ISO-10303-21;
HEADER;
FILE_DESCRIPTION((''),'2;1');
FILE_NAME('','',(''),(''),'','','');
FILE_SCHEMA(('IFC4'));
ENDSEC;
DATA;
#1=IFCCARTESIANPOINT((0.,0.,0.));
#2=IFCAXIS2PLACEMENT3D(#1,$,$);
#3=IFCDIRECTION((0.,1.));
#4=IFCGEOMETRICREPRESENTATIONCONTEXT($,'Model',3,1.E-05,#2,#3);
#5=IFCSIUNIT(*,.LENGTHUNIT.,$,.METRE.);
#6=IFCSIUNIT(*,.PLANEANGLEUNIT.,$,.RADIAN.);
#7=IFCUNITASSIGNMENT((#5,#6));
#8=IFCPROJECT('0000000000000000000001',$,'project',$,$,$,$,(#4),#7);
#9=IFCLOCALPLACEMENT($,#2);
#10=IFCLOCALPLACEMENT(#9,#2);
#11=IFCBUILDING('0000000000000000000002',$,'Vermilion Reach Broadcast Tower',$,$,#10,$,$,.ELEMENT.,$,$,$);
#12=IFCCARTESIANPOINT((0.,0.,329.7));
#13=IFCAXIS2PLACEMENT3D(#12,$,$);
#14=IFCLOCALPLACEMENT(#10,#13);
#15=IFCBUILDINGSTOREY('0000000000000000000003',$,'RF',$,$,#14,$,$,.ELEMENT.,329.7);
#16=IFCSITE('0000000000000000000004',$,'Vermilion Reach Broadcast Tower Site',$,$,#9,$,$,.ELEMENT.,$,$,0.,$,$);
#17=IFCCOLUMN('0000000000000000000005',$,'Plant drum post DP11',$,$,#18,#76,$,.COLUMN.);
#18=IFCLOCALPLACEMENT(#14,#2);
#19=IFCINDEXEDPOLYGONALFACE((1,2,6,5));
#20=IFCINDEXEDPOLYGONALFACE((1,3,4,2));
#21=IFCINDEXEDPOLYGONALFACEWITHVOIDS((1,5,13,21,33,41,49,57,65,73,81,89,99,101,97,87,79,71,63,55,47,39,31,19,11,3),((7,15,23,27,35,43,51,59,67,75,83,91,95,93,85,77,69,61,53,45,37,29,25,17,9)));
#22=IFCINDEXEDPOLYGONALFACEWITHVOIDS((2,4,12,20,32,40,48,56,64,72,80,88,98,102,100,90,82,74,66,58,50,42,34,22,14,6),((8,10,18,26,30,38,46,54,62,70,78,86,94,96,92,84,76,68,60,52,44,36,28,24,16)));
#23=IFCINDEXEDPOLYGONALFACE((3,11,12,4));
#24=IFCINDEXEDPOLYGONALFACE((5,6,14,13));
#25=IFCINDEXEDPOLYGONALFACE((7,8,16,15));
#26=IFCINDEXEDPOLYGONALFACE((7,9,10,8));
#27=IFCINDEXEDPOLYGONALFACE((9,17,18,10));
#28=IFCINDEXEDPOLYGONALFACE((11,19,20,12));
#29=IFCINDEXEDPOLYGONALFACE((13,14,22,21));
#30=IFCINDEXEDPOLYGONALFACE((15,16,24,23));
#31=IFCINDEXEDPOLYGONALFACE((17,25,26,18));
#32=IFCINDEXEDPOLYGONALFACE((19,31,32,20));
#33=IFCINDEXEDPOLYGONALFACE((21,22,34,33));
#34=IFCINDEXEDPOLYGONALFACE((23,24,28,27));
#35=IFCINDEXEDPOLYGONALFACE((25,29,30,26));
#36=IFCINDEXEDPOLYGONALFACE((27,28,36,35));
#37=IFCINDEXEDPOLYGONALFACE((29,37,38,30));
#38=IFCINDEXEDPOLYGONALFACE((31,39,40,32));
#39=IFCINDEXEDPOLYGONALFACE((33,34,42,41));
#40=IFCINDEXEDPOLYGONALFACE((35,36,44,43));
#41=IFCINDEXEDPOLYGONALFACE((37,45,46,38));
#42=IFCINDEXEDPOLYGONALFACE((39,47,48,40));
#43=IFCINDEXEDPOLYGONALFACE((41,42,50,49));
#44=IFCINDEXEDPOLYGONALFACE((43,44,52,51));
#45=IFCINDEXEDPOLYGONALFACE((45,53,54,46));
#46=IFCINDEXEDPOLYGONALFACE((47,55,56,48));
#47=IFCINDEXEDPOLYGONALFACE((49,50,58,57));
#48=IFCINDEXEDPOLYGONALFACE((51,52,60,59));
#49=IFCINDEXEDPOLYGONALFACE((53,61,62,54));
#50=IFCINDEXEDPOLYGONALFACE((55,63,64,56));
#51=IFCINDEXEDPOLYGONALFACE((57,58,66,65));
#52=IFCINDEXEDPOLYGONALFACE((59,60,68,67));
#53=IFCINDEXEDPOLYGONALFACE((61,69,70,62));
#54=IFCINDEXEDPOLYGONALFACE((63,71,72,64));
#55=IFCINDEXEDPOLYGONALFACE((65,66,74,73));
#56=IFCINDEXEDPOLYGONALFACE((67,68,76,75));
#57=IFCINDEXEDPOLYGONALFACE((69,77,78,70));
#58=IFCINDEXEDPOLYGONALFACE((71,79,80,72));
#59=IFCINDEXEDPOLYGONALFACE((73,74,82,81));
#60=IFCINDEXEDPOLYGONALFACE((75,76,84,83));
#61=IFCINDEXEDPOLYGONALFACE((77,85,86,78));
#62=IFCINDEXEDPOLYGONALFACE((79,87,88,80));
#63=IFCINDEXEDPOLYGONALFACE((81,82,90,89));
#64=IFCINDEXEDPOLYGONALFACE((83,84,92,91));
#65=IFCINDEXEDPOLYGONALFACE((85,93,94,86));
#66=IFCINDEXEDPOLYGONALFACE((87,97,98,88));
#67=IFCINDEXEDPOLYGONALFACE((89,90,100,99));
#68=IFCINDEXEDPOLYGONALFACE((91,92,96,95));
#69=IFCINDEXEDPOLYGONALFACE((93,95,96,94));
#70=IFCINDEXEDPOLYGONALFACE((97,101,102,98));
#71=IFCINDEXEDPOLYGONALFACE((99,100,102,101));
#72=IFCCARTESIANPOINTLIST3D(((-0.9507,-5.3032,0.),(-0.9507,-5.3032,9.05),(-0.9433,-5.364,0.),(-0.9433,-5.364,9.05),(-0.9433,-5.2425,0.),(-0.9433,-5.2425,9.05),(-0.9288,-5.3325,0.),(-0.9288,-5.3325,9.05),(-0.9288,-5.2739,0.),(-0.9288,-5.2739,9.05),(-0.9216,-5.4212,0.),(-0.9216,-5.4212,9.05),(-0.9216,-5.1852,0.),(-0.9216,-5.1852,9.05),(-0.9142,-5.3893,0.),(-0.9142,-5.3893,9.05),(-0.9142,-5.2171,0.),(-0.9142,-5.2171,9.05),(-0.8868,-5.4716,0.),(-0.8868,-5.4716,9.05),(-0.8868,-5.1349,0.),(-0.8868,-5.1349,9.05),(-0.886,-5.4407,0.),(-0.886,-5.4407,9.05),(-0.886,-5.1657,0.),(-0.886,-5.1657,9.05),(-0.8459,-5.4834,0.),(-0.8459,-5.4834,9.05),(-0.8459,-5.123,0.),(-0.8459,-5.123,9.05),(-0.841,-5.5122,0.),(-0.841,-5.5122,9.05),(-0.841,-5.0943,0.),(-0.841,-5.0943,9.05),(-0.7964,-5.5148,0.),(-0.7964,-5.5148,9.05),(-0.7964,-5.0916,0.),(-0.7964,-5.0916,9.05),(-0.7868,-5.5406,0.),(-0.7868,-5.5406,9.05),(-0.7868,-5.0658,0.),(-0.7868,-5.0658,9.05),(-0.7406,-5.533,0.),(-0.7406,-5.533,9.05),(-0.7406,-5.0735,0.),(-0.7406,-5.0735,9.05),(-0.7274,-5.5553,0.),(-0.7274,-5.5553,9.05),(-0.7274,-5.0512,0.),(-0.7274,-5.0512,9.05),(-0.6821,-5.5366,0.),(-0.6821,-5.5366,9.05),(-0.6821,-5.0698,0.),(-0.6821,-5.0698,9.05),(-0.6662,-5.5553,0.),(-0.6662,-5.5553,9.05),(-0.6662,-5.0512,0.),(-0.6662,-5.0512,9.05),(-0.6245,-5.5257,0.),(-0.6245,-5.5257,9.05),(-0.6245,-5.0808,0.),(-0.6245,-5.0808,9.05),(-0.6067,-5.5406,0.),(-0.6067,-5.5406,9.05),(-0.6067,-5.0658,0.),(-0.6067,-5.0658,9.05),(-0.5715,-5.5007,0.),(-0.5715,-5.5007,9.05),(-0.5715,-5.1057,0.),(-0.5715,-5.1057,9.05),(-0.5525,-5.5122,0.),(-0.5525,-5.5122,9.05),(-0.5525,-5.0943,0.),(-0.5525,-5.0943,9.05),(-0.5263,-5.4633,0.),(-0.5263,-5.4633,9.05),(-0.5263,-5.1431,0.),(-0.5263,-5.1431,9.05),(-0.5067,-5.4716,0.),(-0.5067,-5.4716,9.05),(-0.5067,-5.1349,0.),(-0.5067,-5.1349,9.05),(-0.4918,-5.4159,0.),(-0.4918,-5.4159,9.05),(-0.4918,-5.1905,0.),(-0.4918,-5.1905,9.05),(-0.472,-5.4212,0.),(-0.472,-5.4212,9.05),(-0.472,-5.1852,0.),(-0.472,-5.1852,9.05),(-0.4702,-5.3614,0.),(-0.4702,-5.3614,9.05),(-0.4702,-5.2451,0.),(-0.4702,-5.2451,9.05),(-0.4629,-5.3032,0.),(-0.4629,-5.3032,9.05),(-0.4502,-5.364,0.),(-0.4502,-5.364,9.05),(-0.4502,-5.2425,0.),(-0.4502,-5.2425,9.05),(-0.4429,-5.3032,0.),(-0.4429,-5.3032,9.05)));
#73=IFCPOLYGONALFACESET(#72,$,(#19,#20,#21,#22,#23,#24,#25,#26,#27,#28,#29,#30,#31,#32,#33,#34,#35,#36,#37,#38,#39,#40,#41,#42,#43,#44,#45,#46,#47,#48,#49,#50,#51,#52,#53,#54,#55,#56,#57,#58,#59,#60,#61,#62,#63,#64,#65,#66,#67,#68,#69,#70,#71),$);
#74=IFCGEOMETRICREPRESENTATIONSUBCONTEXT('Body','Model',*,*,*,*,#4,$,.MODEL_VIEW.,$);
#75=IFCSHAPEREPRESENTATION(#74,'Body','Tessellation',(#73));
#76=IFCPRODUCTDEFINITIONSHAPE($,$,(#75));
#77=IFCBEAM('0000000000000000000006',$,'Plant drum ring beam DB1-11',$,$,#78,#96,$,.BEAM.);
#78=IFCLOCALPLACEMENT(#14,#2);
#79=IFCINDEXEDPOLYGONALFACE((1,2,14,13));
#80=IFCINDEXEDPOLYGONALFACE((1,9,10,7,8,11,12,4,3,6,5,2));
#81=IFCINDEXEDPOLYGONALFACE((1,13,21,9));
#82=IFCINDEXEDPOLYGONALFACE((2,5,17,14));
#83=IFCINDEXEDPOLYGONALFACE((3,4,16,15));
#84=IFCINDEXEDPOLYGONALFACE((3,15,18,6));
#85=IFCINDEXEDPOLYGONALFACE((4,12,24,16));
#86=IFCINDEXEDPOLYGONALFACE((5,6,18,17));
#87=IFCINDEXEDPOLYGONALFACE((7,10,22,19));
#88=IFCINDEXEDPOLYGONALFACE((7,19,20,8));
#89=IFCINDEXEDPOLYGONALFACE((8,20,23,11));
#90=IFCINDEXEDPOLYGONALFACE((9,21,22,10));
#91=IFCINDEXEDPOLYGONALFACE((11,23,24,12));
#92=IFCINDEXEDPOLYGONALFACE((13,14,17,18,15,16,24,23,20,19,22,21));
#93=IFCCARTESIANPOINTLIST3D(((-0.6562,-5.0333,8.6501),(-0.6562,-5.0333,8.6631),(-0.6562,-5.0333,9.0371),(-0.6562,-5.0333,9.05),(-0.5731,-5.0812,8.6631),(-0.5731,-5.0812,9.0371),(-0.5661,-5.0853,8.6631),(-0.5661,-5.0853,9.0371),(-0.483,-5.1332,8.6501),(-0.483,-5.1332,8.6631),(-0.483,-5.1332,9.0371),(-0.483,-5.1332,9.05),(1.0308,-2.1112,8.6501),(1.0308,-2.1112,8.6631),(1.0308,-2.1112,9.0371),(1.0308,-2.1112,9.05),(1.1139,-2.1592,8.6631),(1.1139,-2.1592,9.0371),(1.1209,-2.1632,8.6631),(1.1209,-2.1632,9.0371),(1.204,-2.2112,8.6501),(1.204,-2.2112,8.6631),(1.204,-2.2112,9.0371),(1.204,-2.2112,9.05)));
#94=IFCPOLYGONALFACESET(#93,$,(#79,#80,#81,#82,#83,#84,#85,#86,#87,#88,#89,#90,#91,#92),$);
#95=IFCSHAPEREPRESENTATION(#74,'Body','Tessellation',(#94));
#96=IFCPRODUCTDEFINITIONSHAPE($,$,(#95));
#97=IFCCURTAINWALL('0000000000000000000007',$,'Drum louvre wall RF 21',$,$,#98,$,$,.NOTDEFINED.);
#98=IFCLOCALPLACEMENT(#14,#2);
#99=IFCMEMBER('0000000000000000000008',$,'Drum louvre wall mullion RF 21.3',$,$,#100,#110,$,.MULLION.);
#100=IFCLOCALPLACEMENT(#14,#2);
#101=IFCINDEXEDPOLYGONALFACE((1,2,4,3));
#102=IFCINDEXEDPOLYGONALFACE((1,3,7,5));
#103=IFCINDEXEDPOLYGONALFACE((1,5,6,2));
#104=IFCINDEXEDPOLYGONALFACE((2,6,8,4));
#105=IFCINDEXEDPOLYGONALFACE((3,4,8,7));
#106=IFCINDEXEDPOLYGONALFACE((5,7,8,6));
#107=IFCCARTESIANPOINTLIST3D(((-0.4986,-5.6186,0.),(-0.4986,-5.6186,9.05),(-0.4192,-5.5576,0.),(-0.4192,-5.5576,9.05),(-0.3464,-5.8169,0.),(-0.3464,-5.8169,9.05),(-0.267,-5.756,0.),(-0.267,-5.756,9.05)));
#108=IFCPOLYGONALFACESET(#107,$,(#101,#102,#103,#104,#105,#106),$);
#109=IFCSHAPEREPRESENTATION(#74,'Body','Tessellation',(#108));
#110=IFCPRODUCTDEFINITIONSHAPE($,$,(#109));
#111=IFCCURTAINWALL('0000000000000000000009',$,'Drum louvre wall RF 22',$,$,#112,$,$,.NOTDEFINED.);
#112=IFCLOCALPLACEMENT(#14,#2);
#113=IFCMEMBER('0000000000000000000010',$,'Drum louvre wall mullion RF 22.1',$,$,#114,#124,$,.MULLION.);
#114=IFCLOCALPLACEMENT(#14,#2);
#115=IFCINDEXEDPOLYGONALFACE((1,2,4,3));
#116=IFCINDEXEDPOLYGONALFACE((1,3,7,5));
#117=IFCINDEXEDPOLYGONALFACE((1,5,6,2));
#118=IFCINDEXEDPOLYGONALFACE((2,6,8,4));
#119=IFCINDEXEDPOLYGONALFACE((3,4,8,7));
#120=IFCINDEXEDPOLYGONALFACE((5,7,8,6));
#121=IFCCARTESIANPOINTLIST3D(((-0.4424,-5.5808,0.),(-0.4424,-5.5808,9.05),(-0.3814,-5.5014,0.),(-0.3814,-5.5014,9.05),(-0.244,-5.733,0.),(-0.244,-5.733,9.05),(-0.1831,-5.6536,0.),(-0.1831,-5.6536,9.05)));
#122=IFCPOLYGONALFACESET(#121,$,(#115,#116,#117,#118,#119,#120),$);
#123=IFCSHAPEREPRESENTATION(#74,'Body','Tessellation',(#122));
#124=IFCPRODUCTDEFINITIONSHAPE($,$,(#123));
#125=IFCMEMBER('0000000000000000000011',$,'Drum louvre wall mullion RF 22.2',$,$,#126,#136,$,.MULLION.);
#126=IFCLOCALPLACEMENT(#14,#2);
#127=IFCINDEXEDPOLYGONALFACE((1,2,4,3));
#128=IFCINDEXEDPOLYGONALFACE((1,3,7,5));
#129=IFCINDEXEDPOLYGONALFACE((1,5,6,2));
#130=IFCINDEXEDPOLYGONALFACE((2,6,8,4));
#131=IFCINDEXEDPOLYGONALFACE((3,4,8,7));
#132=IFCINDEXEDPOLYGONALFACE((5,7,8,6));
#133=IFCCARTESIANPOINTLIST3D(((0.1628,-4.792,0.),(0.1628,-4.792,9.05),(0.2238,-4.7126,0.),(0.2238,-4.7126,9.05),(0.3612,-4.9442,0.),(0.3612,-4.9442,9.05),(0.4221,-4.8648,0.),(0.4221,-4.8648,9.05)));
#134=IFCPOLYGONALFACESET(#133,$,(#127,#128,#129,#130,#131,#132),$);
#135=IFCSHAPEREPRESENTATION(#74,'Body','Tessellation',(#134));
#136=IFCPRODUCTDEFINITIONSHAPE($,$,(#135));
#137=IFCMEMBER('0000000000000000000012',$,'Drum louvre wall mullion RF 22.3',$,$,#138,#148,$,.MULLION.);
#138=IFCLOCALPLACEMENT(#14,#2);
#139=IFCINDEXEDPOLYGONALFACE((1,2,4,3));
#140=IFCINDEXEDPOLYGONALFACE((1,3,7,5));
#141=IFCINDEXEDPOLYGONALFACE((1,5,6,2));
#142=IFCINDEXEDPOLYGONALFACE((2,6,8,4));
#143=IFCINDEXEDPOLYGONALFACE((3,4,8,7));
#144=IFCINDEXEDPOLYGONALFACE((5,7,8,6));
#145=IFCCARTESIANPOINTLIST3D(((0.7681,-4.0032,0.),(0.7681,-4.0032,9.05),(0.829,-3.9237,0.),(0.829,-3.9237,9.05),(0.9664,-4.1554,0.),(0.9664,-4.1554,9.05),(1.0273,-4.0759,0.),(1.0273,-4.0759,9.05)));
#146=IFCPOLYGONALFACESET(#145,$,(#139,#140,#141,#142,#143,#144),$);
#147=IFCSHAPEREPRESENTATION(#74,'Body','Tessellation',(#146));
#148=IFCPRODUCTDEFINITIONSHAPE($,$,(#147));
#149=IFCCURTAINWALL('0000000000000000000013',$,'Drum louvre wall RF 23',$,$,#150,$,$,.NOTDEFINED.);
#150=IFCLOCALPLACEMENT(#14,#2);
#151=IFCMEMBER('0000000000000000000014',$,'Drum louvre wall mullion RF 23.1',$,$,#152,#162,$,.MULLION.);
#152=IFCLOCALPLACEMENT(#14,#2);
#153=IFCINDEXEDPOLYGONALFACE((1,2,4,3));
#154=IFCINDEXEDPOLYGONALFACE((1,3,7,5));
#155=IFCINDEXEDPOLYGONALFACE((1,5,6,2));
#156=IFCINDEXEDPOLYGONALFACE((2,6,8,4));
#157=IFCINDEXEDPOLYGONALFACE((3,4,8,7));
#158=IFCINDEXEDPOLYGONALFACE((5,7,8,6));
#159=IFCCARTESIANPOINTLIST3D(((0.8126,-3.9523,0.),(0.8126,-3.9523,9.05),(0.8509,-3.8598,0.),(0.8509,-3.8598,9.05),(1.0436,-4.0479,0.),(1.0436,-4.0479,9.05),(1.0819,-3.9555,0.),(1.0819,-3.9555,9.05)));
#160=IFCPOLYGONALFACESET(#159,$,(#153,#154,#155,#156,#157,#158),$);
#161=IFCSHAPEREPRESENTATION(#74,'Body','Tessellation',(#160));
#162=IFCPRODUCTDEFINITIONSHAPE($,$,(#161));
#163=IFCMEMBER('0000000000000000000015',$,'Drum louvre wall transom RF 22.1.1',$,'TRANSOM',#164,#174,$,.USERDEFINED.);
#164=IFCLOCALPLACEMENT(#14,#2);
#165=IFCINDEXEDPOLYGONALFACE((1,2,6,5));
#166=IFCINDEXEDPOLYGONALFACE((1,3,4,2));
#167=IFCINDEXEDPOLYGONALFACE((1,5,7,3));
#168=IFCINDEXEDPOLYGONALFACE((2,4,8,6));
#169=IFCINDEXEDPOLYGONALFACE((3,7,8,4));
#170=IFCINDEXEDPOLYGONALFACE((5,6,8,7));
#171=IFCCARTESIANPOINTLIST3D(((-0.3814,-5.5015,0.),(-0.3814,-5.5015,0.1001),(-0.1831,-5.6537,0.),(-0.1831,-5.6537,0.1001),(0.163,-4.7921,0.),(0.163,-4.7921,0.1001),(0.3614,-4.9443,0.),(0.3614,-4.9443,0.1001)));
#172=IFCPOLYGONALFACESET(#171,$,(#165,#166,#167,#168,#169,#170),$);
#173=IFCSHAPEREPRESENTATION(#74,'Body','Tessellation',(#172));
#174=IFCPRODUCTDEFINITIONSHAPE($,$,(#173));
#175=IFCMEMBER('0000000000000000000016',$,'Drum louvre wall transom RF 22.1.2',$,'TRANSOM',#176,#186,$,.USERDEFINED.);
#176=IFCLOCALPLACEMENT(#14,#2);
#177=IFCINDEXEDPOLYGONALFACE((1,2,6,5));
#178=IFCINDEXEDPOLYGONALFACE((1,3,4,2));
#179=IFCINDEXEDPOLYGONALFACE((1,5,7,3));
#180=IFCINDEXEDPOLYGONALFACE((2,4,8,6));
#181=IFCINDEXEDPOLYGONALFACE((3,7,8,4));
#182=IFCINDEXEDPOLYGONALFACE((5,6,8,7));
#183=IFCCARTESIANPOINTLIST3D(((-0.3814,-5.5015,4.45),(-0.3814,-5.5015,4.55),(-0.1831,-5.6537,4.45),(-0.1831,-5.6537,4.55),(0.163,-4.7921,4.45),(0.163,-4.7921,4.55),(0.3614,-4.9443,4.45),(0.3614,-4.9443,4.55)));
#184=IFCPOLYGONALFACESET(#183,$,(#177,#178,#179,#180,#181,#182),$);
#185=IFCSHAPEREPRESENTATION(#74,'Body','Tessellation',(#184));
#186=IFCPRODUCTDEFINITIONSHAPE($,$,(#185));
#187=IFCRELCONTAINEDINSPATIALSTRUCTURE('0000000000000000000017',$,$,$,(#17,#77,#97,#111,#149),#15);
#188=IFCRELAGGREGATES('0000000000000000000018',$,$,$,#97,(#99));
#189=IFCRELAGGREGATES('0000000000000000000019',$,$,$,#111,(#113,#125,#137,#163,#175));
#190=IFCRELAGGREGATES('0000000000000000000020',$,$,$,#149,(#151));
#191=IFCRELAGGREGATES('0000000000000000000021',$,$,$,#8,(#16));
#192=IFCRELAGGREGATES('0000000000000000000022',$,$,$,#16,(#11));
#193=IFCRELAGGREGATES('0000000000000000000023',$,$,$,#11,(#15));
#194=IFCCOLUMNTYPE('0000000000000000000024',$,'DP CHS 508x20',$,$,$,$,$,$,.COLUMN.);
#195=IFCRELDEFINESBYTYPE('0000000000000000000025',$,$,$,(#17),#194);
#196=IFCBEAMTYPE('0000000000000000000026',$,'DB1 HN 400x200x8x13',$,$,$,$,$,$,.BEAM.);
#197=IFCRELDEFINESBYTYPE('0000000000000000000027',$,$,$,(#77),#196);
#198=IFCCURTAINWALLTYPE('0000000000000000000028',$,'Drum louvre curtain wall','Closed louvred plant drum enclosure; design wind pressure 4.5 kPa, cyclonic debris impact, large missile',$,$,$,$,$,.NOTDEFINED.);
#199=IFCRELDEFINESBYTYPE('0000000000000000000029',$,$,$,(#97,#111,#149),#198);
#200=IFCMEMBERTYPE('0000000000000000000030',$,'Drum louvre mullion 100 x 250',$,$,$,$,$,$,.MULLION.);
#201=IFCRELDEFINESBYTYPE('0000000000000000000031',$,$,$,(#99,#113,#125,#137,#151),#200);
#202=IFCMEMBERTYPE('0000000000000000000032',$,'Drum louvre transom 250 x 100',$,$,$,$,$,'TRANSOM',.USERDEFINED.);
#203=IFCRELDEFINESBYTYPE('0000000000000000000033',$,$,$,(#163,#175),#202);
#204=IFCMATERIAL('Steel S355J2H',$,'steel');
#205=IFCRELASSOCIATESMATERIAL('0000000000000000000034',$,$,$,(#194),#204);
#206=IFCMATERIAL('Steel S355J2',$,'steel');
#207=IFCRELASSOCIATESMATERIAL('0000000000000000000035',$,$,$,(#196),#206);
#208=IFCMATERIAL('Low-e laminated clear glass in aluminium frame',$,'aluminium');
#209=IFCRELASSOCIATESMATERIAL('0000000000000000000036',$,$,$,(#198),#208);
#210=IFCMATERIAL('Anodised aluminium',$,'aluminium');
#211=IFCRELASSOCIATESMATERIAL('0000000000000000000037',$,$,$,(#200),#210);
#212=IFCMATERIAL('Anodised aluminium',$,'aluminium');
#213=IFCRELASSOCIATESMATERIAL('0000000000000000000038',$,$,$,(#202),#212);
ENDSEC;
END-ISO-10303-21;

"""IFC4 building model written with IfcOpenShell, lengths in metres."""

from ifc_helpers import new_model, si_unit, direction, frame, origin, origin_2d, place, context, subcontext, project, spatial, rectangle, hollow_circle, i_section, extrude, material, material_profile, profile_set, type_object, element, aggregate, save


model = new_model("IFC4")

# Units and contexts
model_context = context("Model", 3, precision=1e-05, world=origin(), true_north=direction((0.0, 1.0)))
body_context = subcontext(model_context, "Body", "Model", "MODEL_VIEW")
ifc_project = project(units=[si_unit("LENGTHUNIT", "METRE"), si_unit("PLANEANGLEUNIT", "RADIAN")], contexts=[model_context])

# Site, building, storey
site_placement = place(None, origin())
site = spatial("IfcSite", under=ifc_project, at=site_placement, Name="Vermilion Reach Broadcast Tower Site", CompositionType="ELEMENT", RefElevation=0.0)
building_placement = place(site_placement, origin())
building = spatial("IfcBuilding", under=site, at=building_placement, Name="Vermilion Reach Broadcast Tower", CompositionType="ELEMENT")
storey_placement = place(building_placement, frame((0.0, 0.0, 329.7)))
storey = spatial("IfcBuildingStorey", under=building, at=storey_placement, Name="RF", CompositionType="ELEMENT", Elevation=329.7)

# Column
ifc_material_1 = material(Name="Steel S355J2H", Category="steel")
ifc_material_profile_1 = material_profile(ifc_material_1, hollow_circle(Radius=0.2539, WallThickness=0.02, at=origin_2d()), Name="S355J2H CHS 508x20")
ifc_profile_set_1 = profile_set([ifc_material_profile_1], Name="Steel S355J2H")
column_type = type_object("IfcColumnType", Name="DP CHS 508x20", PredefinedType="COLUMN", material=ifc_profile_set_1)
column_placement = place(storey_placement, frame((-0.6968, -5.3032, 0.0), z_axis=(0.0, 0.0, 1.0), x_axis=(1.0, 0.0, 0.0)))
element("IfcColumn", 1, at=column_placement, inside=storey, type_object=column_type, Name="Plant drum post DP11", PredefinedType="COLUMN", context=body_context, shape_type="SweptSolid", body=[
    extrude(hollow_circle(Radius=0.2539, WallThickness=0.02, at=origin_2d()), origin(), (0.0, 0.0, 1.0), 9.05),
])

# Beam
ifc_material_2 = material(Name="Steel S355J2", Category="steel")
ifc_material_profile_2 = material_profile(ifc_material_2, i_section(OverallWidth=0.2, OverallDepth=0.3999, WebThickness=0.0081, FlangeThickness=0.0129, at=origin_2d()), Name="S355J2 HN 400x200x8x13")
ifc_profile_set_2 = profile_set([ifc_material_profile_2], Name="Steel S355J2")
beam_type = type_object("IfcBeamType", Name="DB1 HN 400x200x8x13", PredefinedType="BEAM", material=ifc_profile_set_2)
beam_placement = place(storey_placement, frame((-0.5696, -5.0833, 8.8501), z_axis=(0.499983, 0.866035, 0.0), x_axis=(-0.866035, 0.499983, 0.0)))
element("IfcBeam", 2, at=beam_placement, inside=storey, type_object=beam_type, Name="Plant drum ring beam DB1-11", PredefinedType="BEAM", context=body_context, shape_type="SweptSolid", body=[
    extrude(i_section(OverallWidth=0.2, OverallDepth=0.3999, WebThickness=0.0081, FlangeThickness=0.0129, at=origin_2d()), origin(), (0.0, 0.0, 1.0), 3.374),
])

# Curtain wall, member
ifc_material_3 = material(Name="Low-e laminated clear glass in aluminium frame", Category="aluminium")
curtain_wall_type = type_object("IfcCurtainWallType", Name="Drum louvre curtain wall", Description="Closed louvred plant drum enclosure; design wind pressure 4.5 kPa, cyclonic debris impact, large missile", PredefinedType="NOTDEFINED", material=ifc_material_3)
placement = place(storey_placement, origin())
curtain_wall_1 = element("IfcCurtainWall", 3, at=placement, inside=storey, type_object=curtain_wall_type, Name="Drum louvre wall RF 21", PredefinedType="NOTDEFINED")
ifc_material_4 = material(Name="Anodised aluminium", Category="aluminium")
ifc_material_profile_3 = material_profile(ifc_material_4, rectangle(XDim=0.25, YDim=0.1001, at=origin_2d()), Name="Drum louvre mullion 100 x 250")
ifc_profile_set_3 = profile_set([ifc_material_profile_3], Name="Anodised aluminium")
member_type_1 = type_object("IfcMemberType", Name="Drum louvre mullion 100 x 250", PredefinedType="MULLION", material=ifc_profile_set_3)
member_1_placement = place(storey_placement, frame((-0.3828, -5.6873, 0.0), z_axis=(0.0, 0.0, 1.0), x_axis=(-0.608761, 0.793353, 0.0)))
member_1 = element("IfcMember", 4, at=member_1_placement, type_object=member_type_1, Name="Drum louvre wall mullion RF 21.3", PredefinedType="MULLION", context=body_context, shape_type="SweptSolid", body=[
    extrude(rectangle(XDim=0.25, YDim=0.1001, at=origin_2d()), origin(), (0.0, 0.0, 1.0), 9.05),
])

# Curtain wall, members
curtain_wall_2 = element("IfcCurtainWall", 5, at=placement, inside=storey, type_object=curtain_wall_type, Name="Drum louvre wall RF 22", PredefinedType="NOTDEFINED")
member_2_placement = place(storey_placement, frame((-0.3127, -5.6172, 0.0), z_axis=(0.0, 0.0, 1.0), x_axis=(-0.793353, 0.608761, 0.0)))
member_2 = element("IfcMember", 6, at=member_2_placement, type_object=member_type_1, Name="Drum louvre wall mullion RF 22.1", PredefinedType="MULLION", context=body_context, shape_type="SweptSolid", body=[
    extrude(rectangle(XDim=0.25, YDim=0.1001, at=origin_2d()), origin(), (0.0, 0.0, 1.0), 9.05),
])
member_3_placement = place(storey_placement, frame((0.2925, -4.8284, 0.0), z_axis=(0.0, 0.0, 1.0), x_axis=(-0.793353, 0.608761, 0.0)))
member_3 = element("IfcMember", 7, at=member_3_placement, type_object=member_type_1, Name="Drum louvre wall mullion RF 22.2", PredefinedType="MULLION", context=body_context, shape_type="SweptSolid", body=[
    extrude(rectangle(XDim=0.25, YDim=0.1001, at=origin_2d()), origin(), (0.0, 0.0, 1.0), 9.05),
])
member_4_placement = place(storey_placement, frame((0.8977, -4.0396, 0.0), z_axis=(0.0, 0.0, 1.0), x_axis=(-0.793353, 0.608761, 0.0)))
member_4 = element("IfcMember", 8, at=member_4_placement, type_object=member_type_1, Name="Drum louvre wall mullion RF 22.3", PredefinedType="MULLION", context=body_context, shape_type="SweptSolid", body=[
    extrude(rectangle(XDim=0.25, YDim=0.1001, at=origin_2d()), origin(), (0.0, 0.0, 1.0), 9.05),
])

# Curtain wall, member
curtain_wall_3 = element("IfcCurtainWall", 9, at=placement, inside=storey, type_object=curtain_wall_type, Name="Drum louvre wall RF 23", PredefinedType="NOTDEFINED")
member_5_placement = place(storey_placement, frame((0.9473, -3.9539, 0.0), z_axis=(0.0, 0.0, 1.0), x_axis=(-0.92388, 0.382683, 0.0)))
member_5 = element("IfcMember", 10, at=member_5_placement, type_object=member_type_1, Name="Drum louvre wall mullion RF 23.1", PredefinedType="MULLION", context=body_context, shape_type="SweptSolid", body=[
    extrude(rectangle(XDim=0.25, YDim=0.1001, at=origin_2d()), origin(), (0.0, 0.0, 1.0), 9.05),
])

# Members
ifc_material_5 = material(Name="Anodised aluminium", Category="aluminium")
ifc_material_profile_4 = material_profile(ifc_material_5, rectangle(XDim=0.25, YDim=0.1001, at=origin_2d()), Name="Drum louvre transom 250 x 100")
ifc_profile_set_4 = profile_set([ifc_material_profile_4], Name="Anodised aluminium")
member_type_2 = type_object("IfcMemberType", Name="Drum louvre transom 250 x 100", ElementType="TRANSOM", PredefinedType="USERDEFINED", material=ifc_profile_set_4)
member_6_placement = place(storey_placement, frame((-0.2822, -5.5776, 0.05), z_axis=(0.608787, 0.793334, 0.0), x_axis=(-0.793334, 0.608787, 0.0)))
member_6 = element("IfcMember", 11, at=member_6_placement, type_object=member_type_2, Name="Drum louvre wall transom RF 22.1.1", ObjectType="TRANSOM", PredefinedType="USERDEFINED", context=body_context, shape_type="SweptSolid", body=[
    extrude(rectangle(XDim=0.25, YDim=0.1001, at=origin_2d()), origin(), (0.0, 0.0, 1.0), 0.8943),
])
member_7_placement = place(storey_placement, frame((-0.2822, -5.5776, 4.5), z_axis=(0.608787, 0.793334, 0.0), x_axis=(-0.793334, 0.608787, 0.0)))
member_7 = element("IfcMember", 12, at=member_7_placement, type_object=member_type_2, Name="Drum louvre wall transom RF 22.1.2", ObjectType="TRANSOM", PredefinedType="USERDEFINED", context=body_context, shape_type="SweptSolid", body=[
    extrude(rectangle(XDim=0.25, YDim=0.1001, at=origin_2d()), origin(), (0.0, 0.0, 1.0), 0.8943),
])

aggregate(curtain_wall_1, [member_1])
aggregate(curtain_wall_2, [member_2, member_3, member_4, member_6, member_7])
aggregate(curtain_wall_3, [member_5])

save(model, "model.ifc")
